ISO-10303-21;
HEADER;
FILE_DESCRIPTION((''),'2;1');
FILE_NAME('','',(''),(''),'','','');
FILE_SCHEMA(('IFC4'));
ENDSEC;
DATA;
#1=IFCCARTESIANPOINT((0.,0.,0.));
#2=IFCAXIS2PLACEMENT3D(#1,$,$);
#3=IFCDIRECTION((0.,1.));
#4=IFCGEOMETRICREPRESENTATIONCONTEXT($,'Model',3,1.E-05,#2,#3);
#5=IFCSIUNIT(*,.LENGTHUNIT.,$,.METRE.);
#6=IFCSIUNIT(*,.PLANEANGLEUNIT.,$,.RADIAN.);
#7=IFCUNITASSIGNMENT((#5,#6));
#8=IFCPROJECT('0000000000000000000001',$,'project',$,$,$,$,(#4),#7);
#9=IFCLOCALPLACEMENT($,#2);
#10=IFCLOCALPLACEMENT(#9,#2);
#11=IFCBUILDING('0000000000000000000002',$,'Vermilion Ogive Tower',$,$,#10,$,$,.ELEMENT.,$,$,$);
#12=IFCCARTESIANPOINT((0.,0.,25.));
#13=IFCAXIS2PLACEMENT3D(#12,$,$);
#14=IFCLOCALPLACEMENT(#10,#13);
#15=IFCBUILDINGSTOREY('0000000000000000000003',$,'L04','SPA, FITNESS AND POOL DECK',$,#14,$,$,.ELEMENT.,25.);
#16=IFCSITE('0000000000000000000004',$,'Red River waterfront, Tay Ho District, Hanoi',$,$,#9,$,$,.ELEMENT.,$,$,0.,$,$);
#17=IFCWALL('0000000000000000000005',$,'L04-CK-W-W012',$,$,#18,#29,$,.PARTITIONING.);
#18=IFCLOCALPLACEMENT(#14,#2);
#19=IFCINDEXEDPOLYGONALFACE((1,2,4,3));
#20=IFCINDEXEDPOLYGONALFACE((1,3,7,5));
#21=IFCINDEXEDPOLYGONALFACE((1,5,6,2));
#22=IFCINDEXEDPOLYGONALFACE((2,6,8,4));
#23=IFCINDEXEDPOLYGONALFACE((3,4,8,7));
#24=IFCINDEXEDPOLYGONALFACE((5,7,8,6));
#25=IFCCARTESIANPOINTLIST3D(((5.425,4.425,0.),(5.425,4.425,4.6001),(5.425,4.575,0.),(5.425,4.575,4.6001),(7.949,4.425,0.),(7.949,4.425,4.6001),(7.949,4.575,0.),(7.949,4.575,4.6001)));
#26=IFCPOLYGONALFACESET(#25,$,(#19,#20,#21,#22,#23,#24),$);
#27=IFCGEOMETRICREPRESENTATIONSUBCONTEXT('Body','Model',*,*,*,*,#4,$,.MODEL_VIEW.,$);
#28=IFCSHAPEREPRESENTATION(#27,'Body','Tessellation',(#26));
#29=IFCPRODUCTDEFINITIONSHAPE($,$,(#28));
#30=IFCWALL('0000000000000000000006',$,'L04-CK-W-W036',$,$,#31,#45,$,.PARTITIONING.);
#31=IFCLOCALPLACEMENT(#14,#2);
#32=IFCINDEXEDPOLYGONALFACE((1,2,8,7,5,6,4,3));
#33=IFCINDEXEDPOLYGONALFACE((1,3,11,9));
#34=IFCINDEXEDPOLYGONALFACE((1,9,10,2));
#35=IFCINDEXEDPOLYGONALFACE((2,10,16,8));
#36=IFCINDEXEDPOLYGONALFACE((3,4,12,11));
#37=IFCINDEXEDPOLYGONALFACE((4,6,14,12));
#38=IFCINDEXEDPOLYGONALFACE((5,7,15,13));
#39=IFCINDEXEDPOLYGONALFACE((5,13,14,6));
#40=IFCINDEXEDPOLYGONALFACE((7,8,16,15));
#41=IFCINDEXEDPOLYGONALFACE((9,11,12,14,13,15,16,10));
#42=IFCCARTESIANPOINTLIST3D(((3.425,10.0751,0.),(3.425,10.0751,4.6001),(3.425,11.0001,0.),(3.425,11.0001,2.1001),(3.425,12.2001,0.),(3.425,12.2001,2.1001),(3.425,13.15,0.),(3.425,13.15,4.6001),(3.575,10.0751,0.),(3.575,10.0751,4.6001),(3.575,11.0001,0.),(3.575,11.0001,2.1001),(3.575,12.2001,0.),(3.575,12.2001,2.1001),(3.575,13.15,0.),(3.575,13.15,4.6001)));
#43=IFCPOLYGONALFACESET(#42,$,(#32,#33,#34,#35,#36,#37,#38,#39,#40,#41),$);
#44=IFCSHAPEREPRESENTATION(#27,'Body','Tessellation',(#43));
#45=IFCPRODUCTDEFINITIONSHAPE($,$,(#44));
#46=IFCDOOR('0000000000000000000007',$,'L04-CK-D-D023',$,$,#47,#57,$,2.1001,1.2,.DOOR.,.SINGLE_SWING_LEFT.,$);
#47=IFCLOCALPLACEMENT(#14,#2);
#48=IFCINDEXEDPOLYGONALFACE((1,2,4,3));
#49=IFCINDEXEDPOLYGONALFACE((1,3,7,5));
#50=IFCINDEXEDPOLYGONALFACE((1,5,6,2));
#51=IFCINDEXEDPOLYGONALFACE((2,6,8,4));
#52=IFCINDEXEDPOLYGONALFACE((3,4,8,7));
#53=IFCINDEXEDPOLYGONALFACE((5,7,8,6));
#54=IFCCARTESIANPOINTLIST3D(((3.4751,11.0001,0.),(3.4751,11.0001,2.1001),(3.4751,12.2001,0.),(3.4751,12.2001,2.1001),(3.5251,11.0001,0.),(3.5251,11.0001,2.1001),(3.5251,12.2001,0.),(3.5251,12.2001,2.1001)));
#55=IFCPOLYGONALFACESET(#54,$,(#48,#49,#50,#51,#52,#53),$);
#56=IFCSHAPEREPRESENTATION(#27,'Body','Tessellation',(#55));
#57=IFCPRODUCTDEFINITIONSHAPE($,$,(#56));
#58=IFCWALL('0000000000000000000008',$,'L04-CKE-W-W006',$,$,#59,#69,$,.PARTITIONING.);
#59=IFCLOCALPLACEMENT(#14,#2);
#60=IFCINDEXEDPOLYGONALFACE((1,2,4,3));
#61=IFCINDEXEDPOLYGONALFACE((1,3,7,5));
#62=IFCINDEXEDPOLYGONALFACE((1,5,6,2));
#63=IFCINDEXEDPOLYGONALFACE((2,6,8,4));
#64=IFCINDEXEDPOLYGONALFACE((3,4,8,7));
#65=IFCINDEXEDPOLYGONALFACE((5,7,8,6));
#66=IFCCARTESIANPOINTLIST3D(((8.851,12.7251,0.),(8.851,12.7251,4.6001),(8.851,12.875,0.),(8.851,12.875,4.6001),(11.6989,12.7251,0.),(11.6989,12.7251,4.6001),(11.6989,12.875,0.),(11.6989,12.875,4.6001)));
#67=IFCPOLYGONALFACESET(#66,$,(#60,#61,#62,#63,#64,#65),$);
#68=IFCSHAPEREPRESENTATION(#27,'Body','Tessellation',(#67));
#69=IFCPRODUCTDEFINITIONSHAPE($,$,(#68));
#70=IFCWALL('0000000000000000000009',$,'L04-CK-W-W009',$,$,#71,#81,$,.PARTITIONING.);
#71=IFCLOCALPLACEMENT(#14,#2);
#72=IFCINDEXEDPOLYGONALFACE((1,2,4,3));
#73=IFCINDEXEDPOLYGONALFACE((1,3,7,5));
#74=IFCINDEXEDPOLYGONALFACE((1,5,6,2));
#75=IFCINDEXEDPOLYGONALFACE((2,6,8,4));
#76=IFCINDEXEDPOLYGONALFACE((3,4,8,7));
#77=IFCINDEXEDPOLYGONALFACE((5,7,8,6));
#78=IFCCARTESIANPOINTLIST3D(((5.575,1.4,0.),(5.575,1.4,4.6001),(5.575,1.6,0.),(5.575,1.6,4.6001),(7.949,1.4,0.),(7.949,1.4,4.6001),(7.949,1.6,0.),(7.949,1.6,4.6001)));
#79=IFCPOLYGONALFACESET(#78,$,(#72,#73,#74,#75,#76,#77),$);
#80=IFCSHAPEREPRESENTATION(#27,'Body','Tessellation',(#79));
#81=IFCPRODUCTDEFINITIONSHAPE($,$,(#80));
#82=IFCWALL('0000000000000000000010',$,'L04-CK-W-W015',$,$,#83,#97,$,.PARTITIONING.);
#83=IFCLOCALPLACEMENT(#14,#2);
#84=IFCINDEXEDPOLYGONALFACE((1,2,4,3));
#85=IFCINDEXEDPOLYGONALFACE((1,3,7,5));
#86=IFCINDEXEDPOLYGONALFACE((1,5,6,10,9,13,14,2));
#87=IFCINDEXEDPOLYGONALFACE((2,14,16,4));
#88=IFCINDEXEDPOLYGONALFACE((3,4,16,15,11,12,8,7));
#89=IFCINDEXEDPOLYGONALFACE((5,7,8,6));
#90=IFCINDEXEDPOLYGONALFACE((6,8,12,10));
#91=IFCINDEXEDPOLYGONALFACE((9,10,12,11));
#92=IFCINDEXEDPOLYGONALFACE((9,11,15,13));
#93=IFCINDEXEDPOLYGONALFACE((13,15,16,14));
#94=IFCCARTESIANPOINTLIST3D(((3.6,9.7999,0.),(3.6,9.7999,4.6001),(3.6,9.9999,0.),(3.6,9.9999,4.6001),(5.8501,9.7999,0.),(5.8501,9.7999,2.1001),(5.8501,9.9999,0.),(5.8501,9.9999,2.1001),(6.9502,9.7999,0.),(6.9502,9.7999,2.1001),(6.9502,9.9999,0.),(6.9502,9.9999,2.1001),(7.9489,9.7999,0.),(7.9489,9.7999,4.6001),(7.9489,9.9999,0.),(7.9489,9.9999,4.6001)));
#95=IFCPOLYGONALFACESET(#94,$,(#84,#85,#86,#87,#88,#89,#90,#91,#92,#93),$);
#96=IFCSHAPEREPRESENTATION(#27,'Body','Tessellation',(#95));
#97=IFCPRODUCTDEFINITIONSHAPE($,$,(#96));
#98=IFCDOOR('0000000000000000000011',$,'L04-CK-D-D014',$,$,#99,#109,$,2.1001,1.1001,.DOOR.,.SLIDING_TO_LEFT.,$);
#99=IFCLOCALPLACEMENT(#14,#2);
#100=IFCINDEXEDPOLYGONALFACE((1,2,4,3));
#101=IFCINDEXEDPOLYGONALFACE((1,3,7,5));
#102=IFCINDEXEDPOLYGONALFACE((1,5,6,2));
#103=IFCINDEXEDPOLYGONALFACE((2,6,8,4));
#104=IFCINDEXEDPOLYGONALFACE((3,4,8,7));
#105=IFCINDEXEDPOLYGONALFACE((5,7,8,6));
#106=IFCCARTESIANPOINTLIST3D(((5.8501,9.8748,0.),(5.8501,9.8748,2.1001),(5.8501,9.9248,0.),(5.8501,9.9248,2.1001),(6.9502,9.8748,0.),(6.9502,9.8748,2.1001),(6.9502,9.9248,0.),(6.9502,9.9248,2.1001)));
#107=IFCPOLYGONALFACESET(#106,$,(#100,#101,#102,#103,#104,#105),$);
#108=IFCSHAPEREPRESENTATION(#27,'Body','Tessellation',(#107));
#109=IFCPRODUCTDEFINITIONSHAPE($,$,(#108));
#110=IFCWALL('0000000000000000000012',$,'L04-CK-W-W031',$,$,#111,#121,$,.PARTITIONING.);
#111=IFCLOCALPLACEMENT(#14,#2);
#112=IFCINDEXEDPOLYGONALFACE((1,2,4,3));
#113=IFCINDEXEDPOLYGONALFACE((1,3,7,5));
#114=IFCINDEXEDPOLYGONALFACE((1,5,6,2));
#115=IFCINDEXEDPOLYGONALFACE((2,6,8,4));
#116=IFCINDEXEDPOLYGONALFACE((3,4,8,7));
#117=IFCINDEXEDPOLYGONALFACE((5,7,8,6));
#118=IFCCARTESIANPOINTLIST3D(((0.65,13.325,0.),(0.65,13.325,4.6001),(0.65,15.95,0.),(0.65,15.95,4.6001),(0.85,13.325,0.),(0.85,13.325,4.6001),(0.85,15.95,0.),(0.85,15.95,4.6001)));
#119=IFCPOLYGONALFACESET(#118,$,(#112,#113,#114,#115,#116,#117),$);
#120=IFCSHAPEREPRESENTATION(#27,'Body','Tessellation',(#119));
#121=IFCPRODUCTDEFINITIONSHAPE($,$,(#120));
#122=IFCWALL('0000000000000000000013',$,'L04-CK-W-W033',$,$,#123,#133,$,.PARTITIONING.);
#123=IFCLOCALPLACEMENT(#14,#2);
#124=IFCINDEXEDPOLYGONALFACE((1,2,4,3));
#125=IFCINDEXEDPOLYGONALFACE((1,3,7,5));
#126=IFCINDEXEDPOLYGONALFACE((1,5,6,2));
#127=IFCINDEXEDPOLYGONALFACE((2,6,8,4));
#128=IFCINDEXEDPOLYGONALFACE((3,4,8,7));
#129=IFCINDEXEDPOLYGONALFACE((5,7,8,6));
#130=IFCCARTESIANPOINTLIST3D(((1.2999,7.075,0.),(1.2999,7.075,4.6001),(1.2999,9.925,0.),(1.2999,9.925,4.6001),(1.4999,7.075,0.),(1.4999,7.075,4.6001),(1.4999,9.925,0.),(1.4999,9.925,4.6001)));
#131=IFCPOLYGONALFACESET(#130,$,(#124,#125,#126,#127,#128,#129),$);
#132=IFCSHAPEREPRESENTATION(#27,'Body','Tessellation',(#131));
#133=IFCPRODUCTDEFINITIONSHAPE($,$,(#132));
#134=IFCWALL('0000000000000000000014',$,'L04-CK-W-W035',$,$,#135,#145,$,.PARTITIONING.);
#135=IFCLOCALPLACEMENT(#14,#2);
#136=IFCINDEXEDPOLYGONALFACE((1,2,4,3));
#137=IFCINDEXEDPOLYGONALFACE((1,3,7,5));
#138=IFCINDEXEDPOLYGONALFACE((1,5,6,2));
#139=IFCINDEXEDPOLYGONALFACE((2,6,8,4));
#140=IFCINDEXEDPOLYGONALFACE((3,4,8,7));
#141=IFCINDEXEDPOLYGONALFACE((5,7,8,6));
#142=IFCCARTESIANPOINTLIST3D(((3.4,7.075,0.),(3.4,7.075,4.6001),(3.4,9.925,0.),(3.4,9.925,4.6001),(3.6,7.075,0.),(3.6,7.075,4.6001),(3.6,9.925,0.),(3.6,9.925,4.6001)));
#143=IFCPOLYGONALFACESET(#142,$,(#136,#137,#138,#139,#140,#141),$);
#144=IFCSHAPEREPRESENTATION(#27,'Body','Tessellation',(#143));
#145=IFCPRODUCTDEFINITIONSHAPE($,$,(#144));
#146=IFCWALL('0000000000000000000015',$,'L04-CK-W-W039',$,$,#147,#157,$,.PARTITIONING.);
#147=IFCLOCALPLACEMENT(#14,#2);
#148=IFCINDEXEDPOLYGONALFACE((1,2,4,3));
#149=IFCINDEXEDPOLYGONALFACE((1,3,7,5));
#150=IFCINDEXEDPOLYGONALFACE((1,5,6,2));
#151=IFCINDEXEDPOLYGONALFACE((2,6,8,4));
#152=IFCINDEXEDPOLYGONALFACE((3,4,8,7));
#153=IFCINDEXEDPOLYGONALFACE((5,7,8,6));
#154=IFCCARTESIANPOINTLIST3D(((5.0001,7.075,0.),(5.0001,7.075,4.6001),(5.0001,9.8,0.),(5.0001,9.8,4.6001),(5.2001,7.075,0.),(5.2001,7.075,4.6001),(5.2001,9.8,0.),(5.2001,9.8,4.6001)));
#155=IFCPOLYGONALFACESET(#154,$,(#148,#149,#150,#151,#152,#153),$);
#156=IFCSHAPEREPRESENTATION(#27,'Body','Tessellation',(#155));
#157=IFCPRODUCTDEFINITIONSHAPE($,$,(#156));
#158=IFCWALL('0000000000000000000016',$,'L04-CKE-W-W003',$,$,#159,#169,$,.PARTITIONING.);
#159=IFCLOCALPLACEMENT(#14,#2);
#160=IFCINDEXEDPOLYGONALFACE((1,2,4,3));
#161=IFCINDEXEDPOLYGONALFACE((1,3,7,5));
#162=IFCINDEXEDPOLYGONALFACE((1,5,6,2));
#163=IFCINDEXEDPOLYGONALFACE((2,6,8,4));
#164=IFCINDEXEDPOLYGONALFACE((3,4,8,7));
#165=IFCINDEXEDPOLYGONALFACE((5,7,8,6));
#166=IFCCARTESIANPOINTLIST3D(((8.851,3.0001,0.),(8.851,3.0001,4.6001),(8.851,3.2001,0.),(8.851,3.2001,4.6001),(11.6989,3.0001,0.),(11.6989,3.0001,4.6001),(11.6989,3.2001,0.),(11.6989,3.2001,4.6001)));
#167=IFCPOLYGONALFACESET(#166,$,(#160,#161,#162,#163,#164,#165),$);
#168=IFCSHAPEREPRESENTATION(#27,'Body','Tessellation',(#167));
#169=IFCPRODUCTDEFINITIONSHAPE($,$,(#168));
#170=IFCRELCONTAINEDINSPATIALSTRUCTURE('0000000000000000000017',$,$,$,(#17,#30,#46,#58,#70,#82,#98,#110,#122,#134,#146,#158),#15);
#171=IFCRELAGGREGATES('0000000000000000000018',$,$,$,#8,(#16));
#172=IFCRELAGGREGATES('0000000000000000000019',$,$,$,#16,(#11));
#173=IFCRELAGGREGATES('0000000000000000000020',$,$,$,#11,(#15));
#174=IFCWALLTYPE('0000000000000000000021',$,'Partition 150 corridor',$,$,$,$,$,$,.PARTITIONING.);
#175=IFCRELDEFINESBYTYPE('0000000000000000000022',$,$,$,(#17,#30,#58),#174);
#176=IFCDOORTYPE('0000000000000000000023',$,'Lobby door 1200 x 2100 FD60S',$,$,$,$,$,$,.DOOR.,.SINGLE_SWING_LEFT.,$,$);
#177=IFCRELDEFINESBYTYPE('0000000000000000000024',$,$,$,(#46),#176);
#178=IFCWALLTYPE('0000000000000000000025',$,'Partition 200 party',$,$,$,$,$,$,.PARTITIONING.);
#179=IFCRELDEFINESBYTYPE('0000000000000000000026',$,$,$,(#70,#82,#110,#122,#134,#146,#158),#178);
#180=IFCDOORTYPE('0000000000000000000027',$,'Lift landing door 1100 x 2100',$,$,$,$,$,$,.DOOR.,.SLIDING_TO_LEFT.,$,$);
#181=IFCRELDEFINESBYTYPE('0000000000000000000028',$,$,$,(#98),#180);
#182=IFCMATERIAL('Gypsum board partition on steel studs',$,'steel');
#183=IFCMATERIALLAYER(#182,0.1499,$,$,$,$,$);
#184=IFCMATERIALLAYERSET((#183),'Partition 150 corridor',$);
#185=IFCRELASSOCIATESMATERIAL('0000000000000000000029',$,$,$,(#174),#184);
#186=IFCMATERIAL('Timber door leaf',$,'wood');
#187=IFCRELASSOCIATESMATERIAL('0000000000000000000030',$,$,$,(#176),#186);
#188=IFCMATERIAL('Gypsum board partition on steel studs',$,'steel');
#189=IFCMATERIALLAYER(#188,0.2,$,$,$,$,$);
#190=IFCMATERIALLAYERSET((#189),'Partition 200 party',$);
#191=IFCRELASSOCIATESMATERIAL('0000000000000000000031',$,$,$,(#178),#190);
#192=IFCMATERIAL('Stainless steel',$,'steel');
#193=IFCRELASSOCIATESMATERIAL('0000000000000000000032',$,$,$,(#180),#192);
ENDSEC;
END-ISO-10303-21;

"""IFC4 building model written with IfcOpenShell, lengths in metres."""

from ifc_helpers import new_model, si_unit, direction, frame, frame_2d, origin, place, context, subcontext, project, spatial, rectangle, extrude, material, layer, layer_set, type_object, element, fill, save


model = new_model("IFC4")

# Units and contexts
model_context = context("Model", 3, precision=1e-05, world=origin(), true_north=direction((0.0, 1.0)))
body_context = subcontext(model_context, "Body", "Model", "MODEL_VIEW")
ifc_project = project(units=[si_unit("LENGTHUNIT", "METRE"), si_unit("PLANEANGLEUNIT", "RADIAN")], contexts=[model_context])

# Site, building, storey
site_placement = place(None, origin())
site = spatial("IfcSite", under=ifc_project, at=site_placement, Name="Red River waterfront, Tay Ho District, Hanoi", CompositionType="ELEMENT", RefElevation=0.0)
building_placement = place(site_placement, origin())
building = spatial("IfcBuilding", under=site, at=building_placement, Name="Vermilion Ogive Tower", CompositionType="ELEMENT")
storey_placement = place(building_placement, frame((0.0, 0.0, 25.0)))
storey = spatial("IfcBuildingStorey", under=building, at=storey_placement, Name="L04", Description="SPA, FITNESS AND POOL DECK", CompositionType="ELEMENT", Elevation=25.0)

# Shared definitions
ifc_material_1 = material(Name="Gypsum board partition on steel studs", Category="steel")
ifc_layer_1 = layer(ifc_material_1, 0.1499)
ifc_layer_set_1 = layer_set([ifc_layer_1], Name="Partition 150 corridor")
wall_type_1 = type_object("IfcWallType", Name="Partition 150 corridor", PredefinedType="PARTITIONING", material=ifc_layer_set_1)

# Wall
wall_1_placement = place(storey_placement, frame((5.425, 4.5, 0.0), z_axis=(0.0, 0.0, 1.0), x_axis=(1.0, 0.0, 0.0)))
element("IfcWall", 1, at=wall_1_placement, inside=storey, type_object=wall_type_1, Name="L04-CK-W-W012", PredefinedType="PARTITIONING", context=body_context, shape_type="SweptSolid", body=[
    extrude(rectangle(XDim=2.5239, YDim=0.1499, at=frame_2d((1.262, 0.0))), origin(), (0.0, 0.0, 1.0), 4.6001),
])

# Wall, opening, door
wall_2_placement = place(storey_placement, frame((3.5, 10.075, 0.0), z_axis=(0.0, 0.0, 1.0), x_axis=(0.0, 1.0, 0.0)))
wall_2 = element("IfcWall", 2, at=wall_2_placement, inside=storey, type_object=wall_type_1, Name="L04-CK-W-W036", PredefinedType="PARTITIONING", context=body_context, shape_type="SweptSolid", body=[
    extrude(rectangle(XDim=3.075, YDim=0.1499, at=frame_2d((1.5376, 0.0))), origin(), (0.0, 0.0, 1.0), 4.6001),
])
opening_1_placement = place(wall_2_placement, frame((0.925, 0.0, 0.0)))
opening_1 = element("IfcOpeningElement", 3, at=opening_1_placement, cuts=wall_2, PredefinedType="OPENING", context=body_context, shape_type="SweptSolid", body=[
    extrude(rectangle(XDim=1.2, YDim=2.1001, at=frame_2d((0.6001, 1.05))), frame((0.0, 0.085, 0.0), z_axis=(0.0, -1.0, 0.0), x_axis=(1.0, 0.0, 0.0)), (0.0, 0.0, 1.0), 0.1699),
])
ifc_material_2 = material(Name="Timber door leaf", Category="wood")
door_type_1 = type_object("IfcDoorType", Name="Lobby door 1200 x 2100 FD60S", OperationType="SINGLE_SWING_LEFT", PredefinedType="DOOR", material=ifc_material_2)
door_1_placement = place(opening_1_placement, origin())
door_1 = element("IfcDoor", 4, at=door_1_placement, inside=storey, type_object=door_type_1, Name="L04-CK-D-D023", OperationType="SINGLE_SWING_LEFT", OverallHeight=2.1001, OverallWidth=1.2, PredefinedType="DOOR", context=body_context, shape_type="SweptSolid", body=[
    extrude(rectangle(XDim=1.2, YDim=2.1001, at=frame_2d((0.6001, 1.05))), frame((0.0, 0.0249, 0.0), z_axis=(0.0, -1.0, 0.0), x_axis=(1.0, 0.0, 0.0)), (0.0, 0.0, 1.0), 0.05),
])
fill(opening_1, door_1)

# Walls
wall_3_placement = place(storey_placement, frame((8.8511, 12.8, 0.0), z_axis=(0.0, 0.0, 1.0), x_axis=(1.0, 0.0, 0.0)))
element("IfcWall", 5, at=wall_3_placement, inside=storey, type_object=wall_type_1, Name="L04-CKE-W-W006", PredefinedType="PARTITIONING", context=body_context, shape_type="SweptSolid", body=[
    extrude(rectangle(XDim=2.8479, YDim=0.1499, at=frame_2d((1.4238, 0.0))), origin(), (0.0, 0.0, 1.0), 4.6001),
])
ifc_material_3 = material(Name="Gypsum board partition on steel studs", Category="steel")
ifc_layer_2 = layer(ifc_material_3, 0.2)
ifc_layer_set_2 = layer_set([ifc_layer_2], Name="Partition 200 party")
wall_type_2 = type_object("IfcWallType", Name="Partition 200 party", PredefinedType="PARTITIONING", material=ifc_layer_set_2)
wall_4_placement = place(storey_placement, frame((5.575, 1.5, 0.0), z_axis=(0.0, 0.0, 1.0), x_axis=(1.0, 0.0, 0.0)))
element("IfcWall", 6, at=wall_4_placement, inside=storey, type_object=wall_type_2, Name="L04-CK-W-W009", PredefinedType="PARTITIONING", context=body_context, shape_type="SweptSolid", body=[
    extrude(rectangle(XDim=2.374, YDim=0.2, at=frame_2d((1.187, 0.0))), origin(), (0.0, 0.0, 1.0), 4.6001),
])

# Wall, opening, door
wall_5_placement = place(storey_placement, frame((3.6001, 9.8999, 0.0), z_axis=(0.0, 0.0, 1.0), x_axis=(1.0, 0.0, 0.0)))
wall_5 = element("IfcWall", 7, at=wall_5_placement, inside=storey, type_object=wall_type_2, Name="L04-CK-W-W015", PredefinedType="PARTITIONING", context=body_context, shape_type="SweptSolid", body=[
    extrude(rectangle(XDim=4.3489, YDim=0.2, at=frame_2d((2.1743, 0.0))), origin(), (0.0, 0.0, 1.0), 4.6001),
])
opening_2_placement = place(wall_5_placement, frame((2.25, 0.0, 0.0)))
opening_2 = element("IfcOpeningElement", 8, at=opening_2_placement, cuts=wall_5, PredefinedType="OPENING", context=body_context, shape_type="SweptSolid", body=[
    extrude(rectangle(XDim=1.1001, YDim=2.1001, at=frame_2d((0.55, 1.05))), frame((0.0, 0.1099, 0.0), z_axis=(0.0, -1.0, 0.0), x_axis=(1.0, 0.0, 0.0)), (0.0, 0.0, 1.0), 0.22),
])
ifc_material_4 = material(Name="Stainless steel", Category="steel")
door_type_2 = type_object("IfcDoorType", Name="Lift landing door 1100 x 2100", OperationType="SLIDING_TO_LEFT", PredefinedType="DOOR", material=ifc_material_4)
door_2_placement = place(opening_2_placement, origin())
door_2 = element("IfcDoor", 9, at=door_2_placement, inside=storey, type_object=door_type_2, Name="L04-CK-D-D014", OperationType="SLIDING_TO_LEFT", OverallHeight=2.1001, OverallWidth=1.1001, PredefinedType="DOOR", context=body_context, shape_type="SweptSolid", body=[
    extrude(rectangle(XDim=1.1001, YDim=2.1001, at=frame_2d((0.55, 1.05))), frame((0.0, 0.0249, 0.0), z_axis=(0.0, -1.0, 0.0), x_axis=(1.0, 0.0, 0.0)), (0.0, 0.0, 1.0), 0.05),
])
fill(opening_2, door_2)

# Walls
wall_6_placement = place(storey_placement, frame((0.75, 13.325, 0.0), z_axis=(0.0, 0.0, 1.0), x_axis=(0.0, 1.0, 0.0)))
element("IfcWall", 10, at=wall_6_placement, inside=storey, type_object=wall_type_2, Name="L04-CK-W-W031", PredefinedType="PARTITIONING", context=body_context, shape_type="SweptSolid", body=[
    extrude(rectangle(XDim=2.625, YDim=0.2, at=frame_2d((1.3125, 0.0))), origin(), (0.0, 0.0, 1.0), 4.6001),
])
for number, where, z_axis, x_axis, name in (
    (11, (1.3999, 7.075, 0.0), (0.0, 0.0, 1.0), (0.0, 1.0, 0.0), "L04-CK-W-W033"),
    (12, (3.5, 7.075, 0.0), (0.0, 0.0, 1.0), (0.0, 1.0, 0.0), "L04-CK-W-W035"),
):
    element("IfcWall", number, at=place(storey_placement, frame(where, z_axis=z_axis, x_axis=x_axis)), inside=storey, type_object=wall_type_2, Name=name, PredefinedType="PARTITIONING", context=body_context, shape_type="SweptSolid", body=[
        extrude(rectangle(XDim=2.8501, YDim=0.2, at=frame_2d((1.425, 0.0))), origin(), (0.0, 0.0, 1.0), 4.6001),
    ])
wall_7_placement = place(storey_placement, frame((5.1001, 7.075, 0.0), z_axis=(0.0, 0.0, 1.0), x_axis=(0.0, 1.0, 0.0)))
element("IfcWall", 13, at=wall_7_placement, inside=storey, type_object=wall_type_2, Name="L04-CK-W-W039", PredefinedType="PARTITIONING", context=body_context, shape_type="SweptSolid", body=[
    extrude(rectangle(XDim=2.7251, YDim=0.2, at=frame_2d((1.3625, 0.0))), origin(), (0.0, 0.0, 1.0), 4.6001),
])
wall_8_placement = place(storey_placement, frame((8.8511, 3.1001, 0.0), z_axis=(0.0, 0.0, 1.0), x_axis=(1.0, 0.0, 0.0)))
element("IfcWall", 14, at=wall_8_placement, inside=storey, type_object=wall_type_2, Name="L04-CKE-W-W003", PredefinedType="PARTITIONING", context=body_context, shape_type="SweptSolid", body=[
    extrude(rectangle(XDim=2.8479, YDim=0.2, at=frame_2d((1.4238, 0.0))), origin(), (0.0, 0.0, 1.0), 4.6001),
])

save(model, "model.ifc")
